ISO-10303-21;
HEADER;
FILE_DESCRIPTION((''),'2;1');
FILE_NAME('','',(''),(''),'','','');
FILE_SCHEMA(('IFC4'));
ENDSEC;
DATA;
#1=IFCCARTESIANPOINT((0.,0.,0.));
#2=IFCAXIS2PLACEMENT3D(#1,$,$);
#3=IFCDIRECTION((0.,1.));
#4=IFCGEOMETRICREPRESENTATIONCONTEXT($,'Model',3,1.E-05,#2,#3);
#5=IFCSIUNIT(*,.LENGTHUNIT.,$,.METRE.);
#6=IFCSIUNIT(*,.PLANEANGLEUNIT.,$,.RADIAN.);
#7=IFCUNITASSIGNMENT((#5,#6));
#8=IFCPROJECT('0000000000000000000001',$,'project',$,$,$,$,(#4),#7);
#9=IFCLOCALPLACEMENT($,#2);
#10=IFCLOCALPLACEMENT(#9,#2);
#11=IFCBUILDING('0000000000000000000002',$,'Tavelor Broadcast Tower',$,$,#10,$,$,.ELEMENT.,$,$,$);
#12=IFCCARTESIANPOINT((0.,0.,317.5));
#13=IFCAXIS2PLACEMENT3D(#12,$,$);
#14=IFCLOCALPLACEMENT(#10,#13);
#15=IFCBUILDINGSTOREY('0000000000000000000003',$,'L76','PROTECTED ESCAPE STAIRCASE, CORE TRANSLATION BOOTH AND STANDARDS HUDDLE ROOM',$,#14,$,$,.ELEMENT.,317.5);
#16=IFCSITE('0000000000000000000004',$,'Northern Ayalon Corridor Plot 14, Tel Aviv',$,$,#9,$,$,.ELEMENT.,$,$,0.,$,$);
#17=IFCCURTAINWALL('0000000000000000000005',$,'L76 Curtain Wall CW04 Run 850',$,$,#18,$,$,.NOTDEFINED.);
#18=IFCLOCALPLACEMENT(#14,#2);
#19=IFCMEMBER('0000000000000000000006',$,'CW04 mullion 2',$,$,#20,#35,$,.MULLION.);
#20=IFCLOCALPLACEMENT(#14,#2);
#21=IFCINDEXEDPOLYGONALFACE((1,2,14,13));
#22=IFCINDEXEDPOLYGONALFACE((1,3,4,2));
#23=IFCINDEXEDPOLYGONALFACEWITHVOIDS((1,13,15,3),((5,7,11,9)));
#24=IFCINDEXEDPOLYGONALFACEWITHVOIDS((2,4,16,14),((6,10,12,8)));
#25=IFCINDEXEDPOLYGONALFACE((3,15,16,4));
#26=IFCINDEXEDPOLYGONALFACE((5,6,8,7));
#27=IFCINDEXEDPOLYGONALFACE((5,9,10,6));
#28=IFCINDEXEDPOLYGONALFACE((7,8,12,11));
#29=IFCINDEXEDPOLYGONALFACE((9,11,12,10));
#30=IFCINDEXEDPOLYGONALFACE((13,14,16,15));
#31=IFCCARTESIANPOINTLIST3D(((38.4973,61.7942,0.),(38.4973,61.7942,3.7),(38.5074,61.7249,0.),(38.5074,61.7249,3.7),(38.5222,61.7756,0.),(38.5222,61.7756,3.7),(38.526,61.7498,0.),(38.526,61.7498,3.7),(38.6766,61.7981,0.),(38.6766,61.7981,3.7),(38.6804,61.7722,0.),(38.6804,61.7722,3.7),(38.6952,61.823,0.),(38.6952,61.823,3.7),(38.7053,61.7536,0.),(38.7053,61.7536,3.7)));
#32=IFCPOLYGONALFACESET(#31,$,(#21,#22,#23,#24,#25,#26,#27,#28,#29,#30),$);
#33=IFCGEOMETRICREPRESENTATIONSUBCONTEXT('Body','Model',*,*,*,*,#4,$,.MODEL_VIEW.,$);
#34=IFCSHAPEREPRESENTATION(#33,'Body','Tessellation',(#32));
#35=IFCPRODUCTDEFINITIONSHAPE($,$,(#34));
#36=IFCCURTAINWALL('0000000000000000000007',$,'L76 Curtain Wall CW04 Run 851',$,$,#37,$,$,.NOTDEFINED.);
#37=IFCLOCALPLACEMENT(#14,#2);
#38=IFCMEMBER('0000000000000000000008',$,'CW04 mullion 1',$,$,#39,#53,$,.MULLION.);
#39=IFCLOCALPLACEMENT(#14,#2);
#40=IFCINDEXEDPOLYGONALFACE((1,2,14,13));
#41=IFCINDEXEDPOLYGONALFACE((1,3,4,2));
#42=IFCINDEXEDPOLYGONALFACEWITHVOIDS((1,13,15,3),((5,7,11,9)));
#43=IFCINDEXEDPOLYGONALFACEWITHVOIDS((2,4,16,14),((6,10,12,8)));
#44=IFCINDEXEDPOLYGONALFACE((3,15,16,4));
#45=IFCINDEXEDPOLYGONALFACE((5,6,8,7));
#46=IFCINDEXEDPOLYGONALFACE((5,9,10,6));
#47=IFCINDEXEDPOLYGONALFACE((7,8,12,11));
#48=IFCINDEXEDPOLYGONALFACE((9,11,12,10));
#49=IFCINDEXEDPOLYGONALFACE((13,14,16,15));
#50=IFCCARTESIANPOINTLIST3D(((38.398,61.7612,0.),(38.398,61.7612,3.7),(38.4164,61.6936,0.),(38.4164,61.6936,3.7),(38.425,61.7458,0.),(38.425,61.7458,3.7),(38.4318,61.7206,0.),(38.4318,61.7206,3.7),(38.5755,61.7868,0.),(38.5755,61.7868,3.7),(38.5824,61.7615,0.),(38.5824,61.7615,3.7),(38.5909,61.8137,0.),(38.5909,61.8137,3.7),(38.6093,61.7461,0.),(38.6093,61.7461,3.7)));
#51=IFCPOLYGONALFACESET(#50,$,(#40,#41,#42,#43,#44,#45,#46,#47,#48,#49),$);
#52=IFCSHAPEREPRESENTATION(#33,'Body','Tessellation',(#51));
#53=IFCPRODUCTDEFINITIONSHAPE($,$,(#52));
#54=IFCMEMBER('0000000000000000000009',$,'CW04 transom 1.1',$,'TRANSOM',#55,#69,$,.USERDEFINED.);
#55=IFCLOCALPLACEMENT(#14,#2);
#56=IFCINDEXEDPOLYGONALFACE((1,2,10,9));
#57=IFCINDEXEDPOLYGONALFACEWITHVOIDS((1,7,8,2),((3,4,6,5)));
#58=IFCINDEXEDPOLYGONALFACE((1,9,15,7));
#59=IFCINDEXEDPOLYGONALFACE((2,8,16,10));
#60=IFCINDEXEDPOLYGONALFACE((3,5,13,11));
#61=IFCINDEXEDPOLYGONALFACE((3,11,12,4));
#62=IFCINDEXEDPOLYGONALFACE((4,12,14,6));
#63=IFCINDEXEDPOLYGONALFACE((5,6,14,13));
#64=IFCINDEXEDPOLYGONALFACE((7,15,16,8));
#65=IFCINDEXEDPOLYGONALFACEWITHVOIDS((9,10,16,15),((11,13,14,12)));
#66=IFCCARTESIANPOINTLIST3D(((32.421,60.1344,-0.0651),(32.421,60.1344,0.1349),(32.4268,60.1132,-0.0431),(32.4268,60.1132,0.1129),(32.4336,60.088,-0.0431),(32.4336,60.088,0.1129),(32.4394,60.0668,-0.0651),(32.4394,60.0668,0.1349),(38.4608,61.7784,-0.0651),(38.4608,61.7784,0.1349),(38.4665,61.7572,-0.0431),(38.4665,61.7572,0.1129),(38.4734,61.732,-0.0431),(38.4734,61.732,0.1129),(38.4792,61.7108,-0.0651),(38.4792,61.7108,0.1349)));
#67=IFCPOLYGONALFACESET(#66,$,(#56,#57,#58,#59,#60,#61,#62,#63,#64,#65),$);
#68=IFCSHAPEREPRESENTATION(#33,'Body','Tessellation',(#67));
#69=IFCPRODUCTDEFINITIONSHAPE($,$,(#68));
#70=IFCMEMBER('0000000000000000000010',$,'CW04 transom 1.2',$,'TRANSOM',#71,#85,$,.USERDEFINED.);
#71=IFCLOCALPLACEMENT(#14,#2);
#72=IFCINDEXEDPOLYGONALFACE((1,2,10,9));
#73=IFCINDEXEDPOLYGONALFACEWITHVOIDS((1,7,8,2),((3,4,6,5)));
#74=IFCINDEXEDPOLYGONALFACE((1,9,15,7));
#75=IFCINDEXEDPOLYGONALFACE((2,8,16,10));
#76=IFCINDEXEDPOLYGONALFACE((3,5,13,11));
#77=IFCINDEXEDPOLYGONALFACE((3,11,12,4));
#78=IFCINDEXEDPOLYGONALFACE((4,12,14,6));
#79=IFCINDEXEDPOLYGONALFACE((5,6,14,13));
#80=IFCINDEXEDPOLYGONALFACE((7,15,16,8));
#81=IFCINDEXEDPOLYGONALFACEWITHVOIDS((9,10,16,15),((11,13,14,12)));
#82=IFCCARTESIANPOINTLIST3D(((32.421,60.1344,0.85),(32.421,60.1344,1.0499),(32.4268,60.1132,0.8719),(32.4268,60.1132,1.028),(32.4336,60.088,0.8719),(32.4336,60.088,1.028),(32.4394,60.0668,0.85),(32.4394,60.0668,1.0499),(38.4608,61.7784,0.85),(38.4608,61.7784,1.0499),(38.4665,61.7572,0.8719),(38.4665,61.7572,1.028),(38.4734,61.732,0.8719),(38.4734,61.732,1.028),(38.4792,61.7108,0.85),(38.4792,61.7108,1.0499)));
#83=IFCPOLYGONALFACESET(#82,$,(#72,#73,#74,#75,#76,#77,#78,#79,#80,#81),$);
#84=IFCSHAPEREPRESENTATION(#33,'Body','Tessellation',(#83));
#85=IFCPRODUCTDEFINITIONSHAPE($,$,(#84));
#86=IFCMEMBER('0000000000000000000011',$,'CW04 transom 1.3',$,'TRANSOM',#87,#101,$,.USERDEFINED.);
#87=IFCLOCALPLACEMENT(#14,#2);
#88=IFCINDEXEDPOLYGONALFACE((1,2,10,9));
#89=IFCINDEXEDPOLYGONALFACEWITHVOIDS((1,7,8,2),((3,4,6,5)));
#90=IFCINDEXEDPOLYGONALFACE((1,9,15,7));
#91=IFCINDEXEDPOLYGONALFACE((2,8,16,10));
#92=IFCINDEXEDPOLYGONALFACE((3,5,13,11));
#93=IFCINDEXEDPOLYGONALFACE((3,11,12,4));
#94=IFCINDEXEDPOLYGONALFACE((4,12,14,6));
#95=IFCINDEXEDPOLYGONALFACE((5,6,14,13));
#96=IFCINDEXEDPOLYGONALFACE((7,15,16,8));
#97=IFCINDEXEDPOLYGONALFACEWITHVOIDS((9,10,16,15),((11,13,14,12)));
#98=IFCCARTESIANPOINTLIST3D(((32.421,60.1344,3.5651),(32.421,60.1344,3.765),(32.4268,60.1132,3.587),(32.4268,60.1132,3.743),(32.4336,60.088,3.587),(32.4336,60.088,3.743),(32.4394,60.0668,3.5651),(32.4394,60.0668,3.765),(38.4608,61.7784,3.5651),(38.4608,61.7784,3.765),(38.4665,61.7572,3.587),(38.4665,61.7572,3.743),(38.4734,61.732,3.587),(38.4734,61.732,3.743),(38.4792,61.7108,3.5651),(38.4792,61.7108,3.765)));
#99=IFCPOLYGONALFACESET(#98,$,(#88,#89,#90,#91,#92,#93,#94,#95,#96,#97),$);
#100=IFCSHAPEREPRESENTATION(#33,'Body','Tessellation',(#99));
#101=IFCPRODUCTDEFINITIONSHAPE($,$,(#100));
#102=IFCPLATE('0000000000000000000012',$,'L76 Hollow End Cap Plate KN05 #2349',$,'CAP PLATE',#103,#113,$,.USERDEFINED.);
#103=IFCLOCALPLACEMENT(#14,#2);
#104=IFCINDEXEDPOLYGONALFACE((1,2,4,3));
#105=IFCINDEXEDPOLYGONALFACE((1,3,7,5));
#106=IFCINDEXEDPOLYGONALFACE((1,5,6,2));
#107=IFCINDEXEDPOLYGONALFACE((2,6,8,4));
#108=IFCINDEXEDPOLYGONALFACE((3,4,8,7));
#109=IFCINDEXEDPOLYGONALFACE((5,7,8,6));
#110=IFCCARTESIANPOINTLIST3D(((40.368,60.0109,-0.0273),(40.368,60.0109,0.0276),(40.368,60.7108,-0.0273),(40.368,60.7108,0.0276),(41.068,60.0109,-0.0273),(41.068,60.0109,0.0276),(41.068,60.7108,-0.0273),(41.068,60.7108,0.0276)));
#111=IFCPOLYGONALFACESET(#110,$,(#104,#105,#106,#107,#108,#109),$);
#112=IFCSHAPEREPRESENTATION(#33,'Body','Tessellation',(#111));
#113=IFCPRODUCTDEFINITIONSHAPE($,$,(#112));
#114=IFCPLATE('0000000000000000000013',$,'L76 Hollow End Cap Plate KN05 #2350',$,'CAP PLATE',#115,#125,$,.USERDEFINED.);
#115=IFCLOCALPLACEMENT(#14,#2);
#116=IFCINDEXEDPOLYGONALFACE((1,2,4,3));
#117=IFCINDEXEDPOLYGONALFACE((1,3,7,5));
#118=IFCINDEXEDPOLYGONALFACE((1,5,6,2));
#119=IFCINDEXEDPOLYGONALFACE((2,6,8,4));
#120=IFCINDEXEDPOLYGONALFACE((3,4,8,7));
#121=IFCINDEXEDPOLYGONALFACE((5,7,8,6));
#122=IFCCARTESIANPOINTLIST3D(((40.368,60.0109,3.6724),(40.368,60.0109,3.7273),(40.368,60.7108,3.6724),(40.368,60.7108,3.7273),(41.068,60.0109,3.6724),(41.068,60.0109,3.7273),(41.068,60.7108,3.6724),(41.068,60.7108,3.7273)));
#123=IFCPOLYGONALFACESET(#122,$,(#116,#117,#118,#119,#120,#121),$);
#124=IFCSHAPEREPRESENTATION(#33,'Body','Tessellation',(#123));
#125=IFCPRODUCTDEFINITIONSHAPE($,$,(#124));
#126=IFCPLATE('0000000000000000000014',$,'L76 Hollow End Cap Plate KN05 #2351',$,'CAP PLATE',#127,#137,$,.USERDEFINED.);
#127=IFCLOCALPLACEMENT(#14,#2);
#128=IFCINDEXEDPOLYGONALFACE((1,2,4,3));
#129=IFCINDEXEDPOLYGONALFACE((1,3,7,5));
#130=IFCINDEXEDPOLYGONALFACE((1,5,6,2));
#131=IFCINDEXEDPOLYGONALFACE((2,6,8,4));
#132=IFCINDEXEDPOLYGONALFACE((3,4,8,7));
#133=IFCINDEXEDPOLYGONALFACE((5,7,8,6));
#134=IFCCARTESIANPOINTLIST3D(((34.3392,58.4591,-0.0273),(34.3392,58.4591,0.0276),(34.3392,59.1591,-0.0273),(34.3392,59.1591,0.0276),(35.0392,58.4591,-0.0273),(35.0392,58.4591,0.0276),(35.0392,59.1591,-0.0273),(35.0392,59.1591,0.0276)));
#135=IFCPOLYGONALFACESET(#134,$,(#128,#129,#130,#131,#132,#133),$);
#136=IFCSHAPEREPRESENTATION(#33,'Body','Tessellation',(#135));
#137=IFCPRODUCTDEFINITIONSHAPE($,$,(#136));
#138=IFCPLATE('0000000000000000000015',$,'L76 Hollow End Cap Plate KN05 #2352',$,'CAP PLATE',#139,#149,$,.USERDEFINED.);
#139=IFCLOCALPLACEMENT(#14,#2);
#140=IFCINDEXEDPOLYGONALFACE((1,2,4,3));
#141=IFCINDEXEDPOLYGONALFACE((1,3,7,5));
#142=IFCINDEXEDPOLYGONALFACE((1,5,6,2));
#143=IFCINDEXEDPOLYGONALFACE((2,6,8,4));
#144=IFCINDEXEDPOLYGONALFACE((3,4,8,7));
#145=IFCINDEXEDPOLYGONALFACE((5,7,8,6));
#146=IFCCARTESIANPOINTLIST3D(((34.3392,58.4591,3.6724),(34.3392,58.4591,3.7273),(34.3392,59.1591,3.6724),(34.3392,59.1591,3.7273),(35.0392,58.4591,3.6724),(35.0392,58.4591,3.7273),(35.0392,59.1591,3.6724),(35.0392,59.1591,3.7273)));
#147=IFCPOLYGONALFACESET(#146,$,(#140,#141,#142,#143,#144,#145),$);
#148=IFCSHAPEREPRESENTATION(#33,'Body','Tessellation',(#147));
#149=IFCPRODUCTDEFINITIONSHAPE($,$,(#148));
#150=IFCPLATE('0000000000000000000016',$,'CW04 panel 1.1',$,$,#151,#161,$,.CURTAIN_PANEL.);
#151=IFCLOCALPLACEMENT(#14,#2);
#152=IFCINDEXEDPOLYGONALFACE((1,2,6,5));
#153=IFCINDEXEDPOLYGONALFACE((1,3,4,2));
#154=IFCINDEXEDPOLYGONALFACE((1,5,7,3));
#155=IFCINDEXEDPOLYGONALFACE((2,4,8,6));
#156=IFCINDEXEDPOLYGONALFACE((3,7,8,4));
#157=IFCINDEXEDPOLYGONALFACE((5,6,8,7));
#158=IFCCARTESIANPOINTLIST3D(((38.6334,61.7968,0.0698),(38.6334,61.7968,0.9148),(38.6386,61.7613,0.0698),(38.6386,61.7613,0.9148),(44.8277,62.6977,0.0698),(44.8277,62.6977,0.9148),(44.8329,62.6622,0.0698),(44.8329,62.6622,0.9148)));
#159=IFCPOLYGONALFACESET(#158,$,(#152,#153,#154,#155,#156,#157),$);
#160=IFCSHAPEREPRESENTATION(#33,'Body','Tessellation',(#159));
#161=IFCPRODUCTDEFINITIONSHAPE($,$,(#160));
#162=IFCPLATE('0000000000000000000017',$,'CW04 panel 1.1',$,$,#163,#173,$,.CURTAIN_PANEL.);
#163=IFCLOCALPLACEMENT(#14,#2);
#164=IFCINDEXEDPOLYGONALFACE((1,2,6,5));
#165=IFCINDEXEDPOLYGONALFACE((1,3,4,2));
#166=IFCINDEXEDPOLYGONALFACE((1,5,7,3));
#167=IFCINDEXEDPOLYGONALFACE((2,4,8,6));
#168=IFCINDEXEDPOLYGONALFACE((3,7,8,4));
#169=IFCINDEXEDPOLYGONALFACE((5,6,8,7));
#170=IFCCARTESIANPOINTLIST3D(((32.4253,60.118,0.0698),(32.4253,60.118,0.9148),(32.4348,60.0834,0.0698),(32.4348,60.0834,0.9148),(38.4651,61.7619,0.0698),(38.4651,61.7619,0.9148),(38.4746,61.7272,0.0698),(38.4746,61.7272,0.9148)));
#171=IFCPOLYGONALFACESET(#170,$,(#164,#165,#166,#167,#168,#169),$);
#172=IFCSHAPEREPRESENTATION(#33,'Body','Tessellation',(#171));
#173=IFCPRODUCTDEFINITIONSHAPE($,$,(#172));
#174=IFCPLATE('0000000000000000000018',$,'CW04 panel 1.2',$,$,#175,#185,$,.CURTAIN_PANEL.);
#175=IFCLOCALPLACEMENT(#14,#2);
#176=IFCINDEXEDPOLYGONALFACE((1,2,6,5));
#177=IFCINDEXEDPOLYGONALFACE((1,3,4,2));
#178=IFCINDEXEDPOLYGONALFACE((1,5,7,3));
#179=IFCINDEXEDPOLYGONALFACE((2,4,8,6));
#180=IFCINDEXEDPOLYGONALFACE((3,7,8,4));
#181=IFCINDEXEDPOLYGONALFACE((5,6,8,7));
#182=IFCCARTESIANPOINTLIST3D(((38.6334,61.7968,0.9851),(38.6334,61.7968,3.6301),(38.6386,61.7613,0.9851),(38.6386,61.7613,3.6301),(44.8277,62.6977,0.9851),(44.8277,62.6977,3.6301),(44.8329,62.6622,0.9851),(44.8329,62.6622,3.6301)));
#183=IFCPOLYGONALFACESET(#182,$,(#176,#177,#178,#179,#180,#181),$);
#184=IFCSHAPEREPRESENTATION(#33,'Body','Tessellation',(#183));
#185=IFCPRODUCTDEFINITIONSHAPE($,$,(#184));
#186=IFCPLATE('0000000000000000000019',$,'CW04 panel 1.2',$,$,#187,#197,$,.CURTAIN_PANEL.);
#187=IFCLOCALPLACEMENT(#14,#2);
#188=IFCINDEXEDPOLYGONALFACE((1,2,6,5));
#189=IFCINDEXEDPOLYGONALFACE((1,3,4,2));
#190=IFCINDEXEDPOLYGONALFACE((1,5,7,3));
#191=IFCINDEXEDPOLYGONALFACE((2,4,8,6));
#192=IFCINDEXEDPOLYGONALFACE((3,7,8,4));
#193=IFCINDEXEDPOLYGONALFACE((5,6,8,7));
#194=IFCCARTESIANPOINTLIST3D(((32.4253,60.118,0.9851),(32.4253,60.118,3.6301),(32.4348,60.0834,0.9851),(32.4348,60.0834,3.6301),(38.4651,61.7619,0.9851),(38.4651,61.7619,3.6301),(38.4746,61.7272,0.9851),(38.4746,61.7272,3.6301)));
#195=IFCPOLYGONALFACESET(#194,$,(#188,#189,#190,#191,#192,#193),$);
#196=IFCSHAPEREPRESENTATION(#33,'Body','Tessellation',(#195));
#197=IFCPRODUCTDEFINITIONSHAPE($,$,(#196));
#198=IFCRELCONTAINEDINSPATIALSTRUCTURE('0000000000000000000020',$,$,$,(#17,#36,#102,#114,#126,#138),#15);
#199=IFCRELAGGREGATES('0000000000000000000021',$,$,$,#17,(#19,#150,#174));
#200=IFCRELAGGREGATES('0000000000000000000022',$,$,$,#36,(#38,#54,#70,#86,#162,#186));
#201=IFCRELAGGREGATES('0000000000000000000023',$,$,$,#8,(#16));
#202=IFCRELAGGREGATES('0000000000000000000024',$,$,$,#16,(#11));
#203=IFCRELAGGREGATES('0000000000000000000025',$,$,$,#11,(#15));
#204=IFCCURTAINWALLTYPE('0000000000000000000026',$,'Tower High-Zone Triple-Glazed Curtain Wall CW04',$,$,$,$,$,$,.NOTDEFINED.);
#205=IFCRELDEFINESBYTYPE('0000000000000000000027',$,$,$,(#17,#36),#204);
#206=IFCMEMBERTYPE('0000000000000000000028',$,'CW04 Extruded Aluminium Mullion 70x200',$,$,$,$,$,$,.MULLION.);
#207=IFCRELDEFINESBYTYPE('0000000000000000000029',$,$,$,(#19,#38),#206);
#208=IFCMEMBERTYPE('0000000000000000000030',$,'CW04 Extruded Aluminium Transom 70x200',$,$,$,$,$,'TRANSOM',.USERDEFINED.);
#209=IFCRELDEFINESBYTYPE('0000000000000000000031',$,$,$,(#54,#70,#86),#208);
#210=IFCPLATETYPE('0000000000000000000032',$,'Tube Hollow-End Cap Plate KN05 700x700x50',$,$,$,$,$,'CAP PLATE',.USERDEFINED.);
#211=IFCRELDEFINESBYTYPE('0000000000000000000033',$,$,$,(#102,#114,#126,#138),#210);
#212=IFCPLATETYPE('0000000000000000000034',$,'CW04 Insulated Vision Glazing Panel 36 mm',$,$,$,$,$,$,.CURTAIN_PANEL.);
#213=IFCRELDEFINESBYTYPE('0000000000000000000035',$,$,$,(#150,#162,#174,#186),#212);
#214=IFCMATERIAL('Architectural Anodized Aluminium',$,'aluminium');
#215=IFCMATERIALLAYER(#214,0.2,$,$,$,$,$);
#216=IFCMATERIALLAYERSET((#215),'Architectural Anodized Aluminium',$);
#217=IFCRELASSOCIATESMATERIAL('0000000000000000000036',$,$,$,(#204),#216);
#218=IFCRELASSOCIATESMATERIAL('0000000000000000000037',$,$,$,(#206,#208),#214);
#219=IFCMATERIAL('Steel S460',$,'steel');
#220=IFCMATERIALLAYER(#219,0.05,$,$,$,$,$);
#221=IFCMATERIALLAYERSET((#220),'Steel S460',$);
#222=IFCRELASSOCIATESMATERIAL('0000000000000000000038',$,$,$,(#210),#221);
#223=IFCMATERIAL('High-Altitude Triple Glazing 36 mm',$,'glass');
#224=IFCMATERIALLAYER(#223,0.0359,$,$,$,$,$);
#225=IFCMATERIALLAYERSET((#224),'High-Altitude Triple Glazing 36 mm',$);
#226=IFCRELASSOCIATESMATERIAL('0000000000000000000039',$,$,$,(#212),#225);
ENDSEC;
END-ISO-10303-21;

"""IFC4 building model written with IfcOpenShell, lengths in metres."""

from ifc_helpers import new_model, si_unit, direction, frame, origin, origin_2d, place, context, subcontext, project, spatial, rectangle, hollow_rectangle, extrude, source, transform, mapped, material, layer, layer_set, material_profile, profile_set, type_object, type_shapes, element, aggregate, save


model = new_model("IFC4")

# Units and contexts
model_context = context("Model", 3, precision=1e-05, world=origin(), true_north=direction((0.0, 1.0)))
body_context = subcontext(model_context, "Body", "Model", "MODEL_VIEW")
ifc_project = project(units=[si_unit("LENGTHUNIT", "METRE"), si_unit("PLANEANGLEUNIT", "RADIAN")], contexts=[model_context])

# Site, building, storey
site_placement = place(None, origin())
site = spatial("IfcSite", under=ifc_project, at=site_placement, Name="Northern Ayalon Corridor Plot 14, Tel Aviv", CompositionType="ELEMENT", RefElevation=0.0)
building_placement = place(site_placement, origin())
building = spatial("IfcBuilding", under=site, at=building_placement, Name="Tavelor Broadcast Tower", CompositionType="ELEMENT")
storey_placement = place(building_placement, frame((0.0, 0.0, 317.5)))
storey = spatial("IfcBuildingStorey", under=building, at=storey_placement, Name="L76", Description="PROTECTED ESCAPE STAIRCASE, CORE TRANSLATION BOOTH AND STANDARDS HUDDLE ROOM", CompositionType="ELEMENT", Elevation=317.5)

# Shared definitions
ifc_material_1 = material(Name="Steel S460", Category="steel")

# Curtain wall, member
ifc_material_2 = material(Name="Architectural Anodized Aluminium", Category="aluminium")
ifc_layer_1 = layer(ifc_material_2, 0.2)
ifc_layer_set_1 = layer_set([ifc_layer_1], Name="Architectural Anodized Aluminium")
curtain_wall_type = type_object("IfcCurtainWallType", Name="Tower High-Zone Triple-Glazed Curtain Wall CW04", PredefinedType="NOTDEFINED", material=ifc_layer_set_1)
curtain_wall_1_placement = place(storey_placement, origin())
curtain_wall_1 = element("IfcCurtainWall", 1, at=curtain_wall_1_placement, inside=storey, type_object=curtain_wall_type, Name="L76 Curtain Wall CW04 Run 850", PredefinedType="NOTDEFINED")
ifc_material_profile_1 = material_profile(ifc_material_2, hollow_rectangle(XDim=0.0701, YDim=0.2, WallThickness=0.022, at=origin_2d()), Name="RHS 70x200x22")
ifc_profile_set_1 = profile_set([ifc_material_profile_1], Name="Architectural Anodized Aluminium")
member_type_1 = type_object("IfcMemberType", Name="CW04 Extruded Aluminium Mullion 70x200", PredefinedType="MULLION", material=ifc_profile_set_1)
shared_shape_1 = source(origin(), body_context, "Body", "SweptSolid", [
    extrude(hollow_rectangle(XDim=0.0701, YDim=0.2, WallThickness=0.022, at=origin_2d()), origin(), (0.0, 0.0, 1.0), 3.7),
])
type_shapes(member_type_1, [shared_shape_1])
member_1_placement = place(storey_placement, frame((38.6013, 61.7739, 0.0), z_axis=(0.0, 0.0, 1.0), x_axis=(0.143935, -0.989587, 0.0)))
member_1 = element("IfcMember", 2, at=member_1_placement, type_object=member_type_1, Name="CW04 mullion 2", PredefinedType="MULLION", context=body_context, shape_type="MappedRepresentation", body=[
    mapped(shared_shape_1, transform((0.0, 0.0, 0.0), scale=1.0)),
])

# Curtain wall, members
curtain_wall_2_placement = place(storey_placement, origin())
curtain_wall_2 = element("IfcCurtainWall", 3, at=curtain_wall_2_placement, inside=storey, type_object=curtain_wall_type, Name="L76 Curtain Wall CW04 Run 851", PredefinedType="NOTDEFINED")
member_2_placement = place(storey_placement, frame((38.5037, 61.7537, 0.0), z_axis=(0.0, 0.0, 1.0), x_axis=(0.262618, -0.9649, 0.0)))
member_2 = element("IfcMember", 4, at=member_2_placement, type_object=member_type_1, Name="CW04 mullion 1", PredefinedType="MULLION", context=body_context, shape_type="MappedRepresentation", body=[
    mapped(shared_shape_1, transform((0.0, 0.0, 0.0), scale=1.0)),
])
ifc_material_profile_2 = material_profile(ifc_material_2, hollow_rectangle(XDim=0.0701, YDim=0.2, WallThickness=0.022, at=origin_2d()), Name="RHS 70x200x22")
ifc_profile_set_2 = profile_set([ifc_material_profile_2], Name="Architectural Anodized Aluminium")
member_type_2 = type_object("IfcMemberType", Name="CW04 Extruded Aluminium Transom 70x200", ElementType="TRANSOM", PredefinedType="USERDEFINED", material=ifc_profile_set_2)
shared_shape_2 = source(origin(), body_context, "Body", "SweptSolid", [
    extrude(hollow_rectangle(XDim=0.0701, YDim=0.2, WallThickness=0.022, at=origin_2d()), origin(), (0.0, 0.0, 1.0), 6.2595),
])
type_shapes(member_type_2, [shared_shape_2])
member_3_placement = place(storey_placement, frame((38.47, 61.7446, 0.0349), z_axis=(-0.964892, -0.262645, 0.0), x_axis=(0.262645, -0.964892, 0.0)))
member_3 = element("IfcMember", 5, at=member_3_placement, type_object=member_type_2, Name="CW04 transom 1.1", ObjectType="TRANSOM", PredefinedType="USERDEFINED", context=body_context, shape_type="MappedRepresentation", body=[
    mapped(shared_shape_2, transform((0.0, 0.0, 0.0), scale=1.0)),
])
member_4_placement = place(storey_placement, frame((38.47, 61.7446, 0.95), z_axis=(-0.964892, -0.262645, 0.0), x_axis=(0.262645, -0.964892, 0.0)))
member_4 = element("IfcMember", 6, at=member_4_placement, type_object=member_type_2, Name="CW04 transom 1.2", ObjectType="TRANSOM", PredefinedType="USERDEFINED", context=body_context, shape_type="MappedRepresentation", body=[
    mapped(shared_shape_2, transform((0.0, 0.0, 0.0), scale=1.0)),
])
member_5_placement = place(storey_placement, frame((38.47, 61.7446, 3.665), z_axis=(-0.964892, -0.262645, 0.0), x_axis=(0.262645, -0.964892, 0.0)))
member_5 = element("IfcMember", 7, at=member_5_placement, type_object=member_type_2, Name="CW04 transom 1.3", ObjectType="TRANSOM", PredefinedType="USERDEFINED", context=body_context, shape_type="MappedRepresentation", body=[
    mapped(shared_shape_2, transform((0.0, 0.0, 0.0), scale=1.0)),
])

# Plates
ifc_layer_2 = layer(ifc_material_1, 0.05)
ifc_layer_set_2 = layer_set([ifc_layer_2], Name="Steel S460")
plate_type_1 = type_object("IfcPlateType", Name="Tube Hollow-End Cap Plate KN05 700x700x50", ElementType="CAP PLATE", PredefinedType="USERDEFINED", material=ifc_layer_set_2)
shared_shape_3 = source(origin(), body_context, "Body", "SweptSolid", [
    extrude(rectangle(XDim=0.7, YDim=0.7, at=origin_2d()), origin(), (0.0, 0.0, 1.0), 0.0549),
])
type_shapes(plate_type_1, [shared_shape_3])
for number, where, z_axis, x_axis, name in (
    (8, (40.718, 60.3608, -0.0273), (0.0, 0.0, 1.0), (1.0, 0.0, 0.0), "L76 Hollow End Cap Plate KN05 #2349"),
    (9, (40.718, 60.3608, 3.6724), (0.0, 0.0, 1.0), (1.0, 0.0, 0.0), "L76 Hollow End Cap Plate KN05 #2350"),
    (10, (34.6892, 58.8091, -0.0273), (0.0, 0.0, 1.0), (1.0, 0.0, 0.0), "L76 Hollow End Cap Plate KN05 #2351"),
    (11, (34.6892, 58.8091, 3.6724), (0.0, 0.0, 1.0), (1.0, 0.0, 0.0), "L76 Hollow End Cap Plate KN05 #2352"),
):
    element("IfcPlate", number, at=place(storey_placement, frame(where, z_axis=z_axis, x_axis=x_axis)), inside=storey, type_object=plate_type_1, Name=name, ObjectType="CAP PLATE", PredefinedType="USERDEFINED", context=body_context, shape_type="MappedRepresentation", body=[
        mapped(shared_shape_3, transform((0.0, 0.0, 0.0), scale=1.0)),
    ])

# Plates
ifc_material_3 = material(Name="High-Altitude Triple Glazing 36 mm", Category="glass")
ifc_layer_3 = layer(ifc_material_3, 0.0359)
ifc_layer_set_3 = layer_set([ifc_layer_3], Name="High-Altitude Triple Glazing 36 mm")
plate_type_2 = type_object("IfcPlateType", Name="CW04 Insulated Vision Glazing Panel 36 mm", PredefinedType="CURTAIN_PANEL", material=ifc_layer_set_3)
shared_shape_4 = source(origin(), body_context, "Body", "SweptSolid", [
    extrude(rectangle(XDim=6.2595, YDim=0.0359, at=origin_2d()), origin(), (0.0, 0.0, 1.0), 0.845),
])
plate_1_placement = place(storey_placement, frame((41.7332, 62.2295, 0.0698), z_axis=(0.0, 0.0, 1.0), x_axis=(-0.989587, -0.143935, 0.0)))
plate_1 = element("IfcPlate", 12, at=plate_1_placement, type_object=plate_type_2, Name="CW04 panel 1.1", PredefinedType="CURTAIN_PANEL", context=body_context, shape_type="MappedRepresentation", body=[
    mapped(shared_shape_4, transform((0.0, 0.0, 0.0), scale=1.0)),
])
plate_2_placement = place(storey_placement, frame((35.45, 60.9226, 0.0698), z_axis=(0.0, 0.0, 1.0), x_axis=(-0.9649, -0.262618, 0.0)))
plate_2 = element("IfcPlate", 13, at=plate_2_placement, type_object=plate_type_2, Name="CW04 panel 1.1", PredefinedType="CURTAIN_PANEL", context=body_context, shape_type="MappedRepresentation", body=[
    mapped(shared_shape_4, transform((0.0, 0.0, 0.0), scale=1.0)),
])
shared_shape_5 = source(origin(), body_context, "Body", "SweptSolid", [
    extrude(rectangle(XDim=6.2595, YDim=0.0359, at=origin_2d()), origin(), (0.0, 0.0, 1.0), 2.645),
])
type_shapes(plate_type_2, [shared_shape_4, shared_shape_5])
plate_3_placement = place(storey_placement, frame((41.7332, 62.2295, 0.9851), z_axis=(0.0, 0.0, 1.0), x_axis=(-0.989587, -0.143935, 0.0)))
plate_3 = element("IfcPlate", 14, at=plate_3_placement, type_object=plate_type_2, Name="CW04 panel 1.2", PredefinedType="CURTAIN_PANEL", context=body_context, shape_type="MappedRepresentation", body=[
    mapped(shared_shape_5, transform((0.0, 0.0, 0.0), scale=1.0)),
])
aggregate(curtain_wall_1, [member_1, plate_1, plate_3])
plate_4_placement = place(storey_placement, frame((35.45, 60.9226, 0.9851), z_axis=(0.0, 0.0, 1.0), x_axis=(-0.9649, -0.262618, 0.0)))
plate_4 = element("IfcPlate", 15, at=plate_4_placement, type_object=plate_type_2, Name="CW04 panel 1.2", PredefinedType="CURTAIN_PANEL", context=body_context, shape_type="MappedRepresentation", body=[
    mapped(shared_shape_5, transform((0.0, 0.0, 0.0), scale=1.0)),
])
aggregate(curtain_wall_2, [member_2, member_3, member_4, member_5, plate_2, plate_4])

save(model, "model.ifc")
